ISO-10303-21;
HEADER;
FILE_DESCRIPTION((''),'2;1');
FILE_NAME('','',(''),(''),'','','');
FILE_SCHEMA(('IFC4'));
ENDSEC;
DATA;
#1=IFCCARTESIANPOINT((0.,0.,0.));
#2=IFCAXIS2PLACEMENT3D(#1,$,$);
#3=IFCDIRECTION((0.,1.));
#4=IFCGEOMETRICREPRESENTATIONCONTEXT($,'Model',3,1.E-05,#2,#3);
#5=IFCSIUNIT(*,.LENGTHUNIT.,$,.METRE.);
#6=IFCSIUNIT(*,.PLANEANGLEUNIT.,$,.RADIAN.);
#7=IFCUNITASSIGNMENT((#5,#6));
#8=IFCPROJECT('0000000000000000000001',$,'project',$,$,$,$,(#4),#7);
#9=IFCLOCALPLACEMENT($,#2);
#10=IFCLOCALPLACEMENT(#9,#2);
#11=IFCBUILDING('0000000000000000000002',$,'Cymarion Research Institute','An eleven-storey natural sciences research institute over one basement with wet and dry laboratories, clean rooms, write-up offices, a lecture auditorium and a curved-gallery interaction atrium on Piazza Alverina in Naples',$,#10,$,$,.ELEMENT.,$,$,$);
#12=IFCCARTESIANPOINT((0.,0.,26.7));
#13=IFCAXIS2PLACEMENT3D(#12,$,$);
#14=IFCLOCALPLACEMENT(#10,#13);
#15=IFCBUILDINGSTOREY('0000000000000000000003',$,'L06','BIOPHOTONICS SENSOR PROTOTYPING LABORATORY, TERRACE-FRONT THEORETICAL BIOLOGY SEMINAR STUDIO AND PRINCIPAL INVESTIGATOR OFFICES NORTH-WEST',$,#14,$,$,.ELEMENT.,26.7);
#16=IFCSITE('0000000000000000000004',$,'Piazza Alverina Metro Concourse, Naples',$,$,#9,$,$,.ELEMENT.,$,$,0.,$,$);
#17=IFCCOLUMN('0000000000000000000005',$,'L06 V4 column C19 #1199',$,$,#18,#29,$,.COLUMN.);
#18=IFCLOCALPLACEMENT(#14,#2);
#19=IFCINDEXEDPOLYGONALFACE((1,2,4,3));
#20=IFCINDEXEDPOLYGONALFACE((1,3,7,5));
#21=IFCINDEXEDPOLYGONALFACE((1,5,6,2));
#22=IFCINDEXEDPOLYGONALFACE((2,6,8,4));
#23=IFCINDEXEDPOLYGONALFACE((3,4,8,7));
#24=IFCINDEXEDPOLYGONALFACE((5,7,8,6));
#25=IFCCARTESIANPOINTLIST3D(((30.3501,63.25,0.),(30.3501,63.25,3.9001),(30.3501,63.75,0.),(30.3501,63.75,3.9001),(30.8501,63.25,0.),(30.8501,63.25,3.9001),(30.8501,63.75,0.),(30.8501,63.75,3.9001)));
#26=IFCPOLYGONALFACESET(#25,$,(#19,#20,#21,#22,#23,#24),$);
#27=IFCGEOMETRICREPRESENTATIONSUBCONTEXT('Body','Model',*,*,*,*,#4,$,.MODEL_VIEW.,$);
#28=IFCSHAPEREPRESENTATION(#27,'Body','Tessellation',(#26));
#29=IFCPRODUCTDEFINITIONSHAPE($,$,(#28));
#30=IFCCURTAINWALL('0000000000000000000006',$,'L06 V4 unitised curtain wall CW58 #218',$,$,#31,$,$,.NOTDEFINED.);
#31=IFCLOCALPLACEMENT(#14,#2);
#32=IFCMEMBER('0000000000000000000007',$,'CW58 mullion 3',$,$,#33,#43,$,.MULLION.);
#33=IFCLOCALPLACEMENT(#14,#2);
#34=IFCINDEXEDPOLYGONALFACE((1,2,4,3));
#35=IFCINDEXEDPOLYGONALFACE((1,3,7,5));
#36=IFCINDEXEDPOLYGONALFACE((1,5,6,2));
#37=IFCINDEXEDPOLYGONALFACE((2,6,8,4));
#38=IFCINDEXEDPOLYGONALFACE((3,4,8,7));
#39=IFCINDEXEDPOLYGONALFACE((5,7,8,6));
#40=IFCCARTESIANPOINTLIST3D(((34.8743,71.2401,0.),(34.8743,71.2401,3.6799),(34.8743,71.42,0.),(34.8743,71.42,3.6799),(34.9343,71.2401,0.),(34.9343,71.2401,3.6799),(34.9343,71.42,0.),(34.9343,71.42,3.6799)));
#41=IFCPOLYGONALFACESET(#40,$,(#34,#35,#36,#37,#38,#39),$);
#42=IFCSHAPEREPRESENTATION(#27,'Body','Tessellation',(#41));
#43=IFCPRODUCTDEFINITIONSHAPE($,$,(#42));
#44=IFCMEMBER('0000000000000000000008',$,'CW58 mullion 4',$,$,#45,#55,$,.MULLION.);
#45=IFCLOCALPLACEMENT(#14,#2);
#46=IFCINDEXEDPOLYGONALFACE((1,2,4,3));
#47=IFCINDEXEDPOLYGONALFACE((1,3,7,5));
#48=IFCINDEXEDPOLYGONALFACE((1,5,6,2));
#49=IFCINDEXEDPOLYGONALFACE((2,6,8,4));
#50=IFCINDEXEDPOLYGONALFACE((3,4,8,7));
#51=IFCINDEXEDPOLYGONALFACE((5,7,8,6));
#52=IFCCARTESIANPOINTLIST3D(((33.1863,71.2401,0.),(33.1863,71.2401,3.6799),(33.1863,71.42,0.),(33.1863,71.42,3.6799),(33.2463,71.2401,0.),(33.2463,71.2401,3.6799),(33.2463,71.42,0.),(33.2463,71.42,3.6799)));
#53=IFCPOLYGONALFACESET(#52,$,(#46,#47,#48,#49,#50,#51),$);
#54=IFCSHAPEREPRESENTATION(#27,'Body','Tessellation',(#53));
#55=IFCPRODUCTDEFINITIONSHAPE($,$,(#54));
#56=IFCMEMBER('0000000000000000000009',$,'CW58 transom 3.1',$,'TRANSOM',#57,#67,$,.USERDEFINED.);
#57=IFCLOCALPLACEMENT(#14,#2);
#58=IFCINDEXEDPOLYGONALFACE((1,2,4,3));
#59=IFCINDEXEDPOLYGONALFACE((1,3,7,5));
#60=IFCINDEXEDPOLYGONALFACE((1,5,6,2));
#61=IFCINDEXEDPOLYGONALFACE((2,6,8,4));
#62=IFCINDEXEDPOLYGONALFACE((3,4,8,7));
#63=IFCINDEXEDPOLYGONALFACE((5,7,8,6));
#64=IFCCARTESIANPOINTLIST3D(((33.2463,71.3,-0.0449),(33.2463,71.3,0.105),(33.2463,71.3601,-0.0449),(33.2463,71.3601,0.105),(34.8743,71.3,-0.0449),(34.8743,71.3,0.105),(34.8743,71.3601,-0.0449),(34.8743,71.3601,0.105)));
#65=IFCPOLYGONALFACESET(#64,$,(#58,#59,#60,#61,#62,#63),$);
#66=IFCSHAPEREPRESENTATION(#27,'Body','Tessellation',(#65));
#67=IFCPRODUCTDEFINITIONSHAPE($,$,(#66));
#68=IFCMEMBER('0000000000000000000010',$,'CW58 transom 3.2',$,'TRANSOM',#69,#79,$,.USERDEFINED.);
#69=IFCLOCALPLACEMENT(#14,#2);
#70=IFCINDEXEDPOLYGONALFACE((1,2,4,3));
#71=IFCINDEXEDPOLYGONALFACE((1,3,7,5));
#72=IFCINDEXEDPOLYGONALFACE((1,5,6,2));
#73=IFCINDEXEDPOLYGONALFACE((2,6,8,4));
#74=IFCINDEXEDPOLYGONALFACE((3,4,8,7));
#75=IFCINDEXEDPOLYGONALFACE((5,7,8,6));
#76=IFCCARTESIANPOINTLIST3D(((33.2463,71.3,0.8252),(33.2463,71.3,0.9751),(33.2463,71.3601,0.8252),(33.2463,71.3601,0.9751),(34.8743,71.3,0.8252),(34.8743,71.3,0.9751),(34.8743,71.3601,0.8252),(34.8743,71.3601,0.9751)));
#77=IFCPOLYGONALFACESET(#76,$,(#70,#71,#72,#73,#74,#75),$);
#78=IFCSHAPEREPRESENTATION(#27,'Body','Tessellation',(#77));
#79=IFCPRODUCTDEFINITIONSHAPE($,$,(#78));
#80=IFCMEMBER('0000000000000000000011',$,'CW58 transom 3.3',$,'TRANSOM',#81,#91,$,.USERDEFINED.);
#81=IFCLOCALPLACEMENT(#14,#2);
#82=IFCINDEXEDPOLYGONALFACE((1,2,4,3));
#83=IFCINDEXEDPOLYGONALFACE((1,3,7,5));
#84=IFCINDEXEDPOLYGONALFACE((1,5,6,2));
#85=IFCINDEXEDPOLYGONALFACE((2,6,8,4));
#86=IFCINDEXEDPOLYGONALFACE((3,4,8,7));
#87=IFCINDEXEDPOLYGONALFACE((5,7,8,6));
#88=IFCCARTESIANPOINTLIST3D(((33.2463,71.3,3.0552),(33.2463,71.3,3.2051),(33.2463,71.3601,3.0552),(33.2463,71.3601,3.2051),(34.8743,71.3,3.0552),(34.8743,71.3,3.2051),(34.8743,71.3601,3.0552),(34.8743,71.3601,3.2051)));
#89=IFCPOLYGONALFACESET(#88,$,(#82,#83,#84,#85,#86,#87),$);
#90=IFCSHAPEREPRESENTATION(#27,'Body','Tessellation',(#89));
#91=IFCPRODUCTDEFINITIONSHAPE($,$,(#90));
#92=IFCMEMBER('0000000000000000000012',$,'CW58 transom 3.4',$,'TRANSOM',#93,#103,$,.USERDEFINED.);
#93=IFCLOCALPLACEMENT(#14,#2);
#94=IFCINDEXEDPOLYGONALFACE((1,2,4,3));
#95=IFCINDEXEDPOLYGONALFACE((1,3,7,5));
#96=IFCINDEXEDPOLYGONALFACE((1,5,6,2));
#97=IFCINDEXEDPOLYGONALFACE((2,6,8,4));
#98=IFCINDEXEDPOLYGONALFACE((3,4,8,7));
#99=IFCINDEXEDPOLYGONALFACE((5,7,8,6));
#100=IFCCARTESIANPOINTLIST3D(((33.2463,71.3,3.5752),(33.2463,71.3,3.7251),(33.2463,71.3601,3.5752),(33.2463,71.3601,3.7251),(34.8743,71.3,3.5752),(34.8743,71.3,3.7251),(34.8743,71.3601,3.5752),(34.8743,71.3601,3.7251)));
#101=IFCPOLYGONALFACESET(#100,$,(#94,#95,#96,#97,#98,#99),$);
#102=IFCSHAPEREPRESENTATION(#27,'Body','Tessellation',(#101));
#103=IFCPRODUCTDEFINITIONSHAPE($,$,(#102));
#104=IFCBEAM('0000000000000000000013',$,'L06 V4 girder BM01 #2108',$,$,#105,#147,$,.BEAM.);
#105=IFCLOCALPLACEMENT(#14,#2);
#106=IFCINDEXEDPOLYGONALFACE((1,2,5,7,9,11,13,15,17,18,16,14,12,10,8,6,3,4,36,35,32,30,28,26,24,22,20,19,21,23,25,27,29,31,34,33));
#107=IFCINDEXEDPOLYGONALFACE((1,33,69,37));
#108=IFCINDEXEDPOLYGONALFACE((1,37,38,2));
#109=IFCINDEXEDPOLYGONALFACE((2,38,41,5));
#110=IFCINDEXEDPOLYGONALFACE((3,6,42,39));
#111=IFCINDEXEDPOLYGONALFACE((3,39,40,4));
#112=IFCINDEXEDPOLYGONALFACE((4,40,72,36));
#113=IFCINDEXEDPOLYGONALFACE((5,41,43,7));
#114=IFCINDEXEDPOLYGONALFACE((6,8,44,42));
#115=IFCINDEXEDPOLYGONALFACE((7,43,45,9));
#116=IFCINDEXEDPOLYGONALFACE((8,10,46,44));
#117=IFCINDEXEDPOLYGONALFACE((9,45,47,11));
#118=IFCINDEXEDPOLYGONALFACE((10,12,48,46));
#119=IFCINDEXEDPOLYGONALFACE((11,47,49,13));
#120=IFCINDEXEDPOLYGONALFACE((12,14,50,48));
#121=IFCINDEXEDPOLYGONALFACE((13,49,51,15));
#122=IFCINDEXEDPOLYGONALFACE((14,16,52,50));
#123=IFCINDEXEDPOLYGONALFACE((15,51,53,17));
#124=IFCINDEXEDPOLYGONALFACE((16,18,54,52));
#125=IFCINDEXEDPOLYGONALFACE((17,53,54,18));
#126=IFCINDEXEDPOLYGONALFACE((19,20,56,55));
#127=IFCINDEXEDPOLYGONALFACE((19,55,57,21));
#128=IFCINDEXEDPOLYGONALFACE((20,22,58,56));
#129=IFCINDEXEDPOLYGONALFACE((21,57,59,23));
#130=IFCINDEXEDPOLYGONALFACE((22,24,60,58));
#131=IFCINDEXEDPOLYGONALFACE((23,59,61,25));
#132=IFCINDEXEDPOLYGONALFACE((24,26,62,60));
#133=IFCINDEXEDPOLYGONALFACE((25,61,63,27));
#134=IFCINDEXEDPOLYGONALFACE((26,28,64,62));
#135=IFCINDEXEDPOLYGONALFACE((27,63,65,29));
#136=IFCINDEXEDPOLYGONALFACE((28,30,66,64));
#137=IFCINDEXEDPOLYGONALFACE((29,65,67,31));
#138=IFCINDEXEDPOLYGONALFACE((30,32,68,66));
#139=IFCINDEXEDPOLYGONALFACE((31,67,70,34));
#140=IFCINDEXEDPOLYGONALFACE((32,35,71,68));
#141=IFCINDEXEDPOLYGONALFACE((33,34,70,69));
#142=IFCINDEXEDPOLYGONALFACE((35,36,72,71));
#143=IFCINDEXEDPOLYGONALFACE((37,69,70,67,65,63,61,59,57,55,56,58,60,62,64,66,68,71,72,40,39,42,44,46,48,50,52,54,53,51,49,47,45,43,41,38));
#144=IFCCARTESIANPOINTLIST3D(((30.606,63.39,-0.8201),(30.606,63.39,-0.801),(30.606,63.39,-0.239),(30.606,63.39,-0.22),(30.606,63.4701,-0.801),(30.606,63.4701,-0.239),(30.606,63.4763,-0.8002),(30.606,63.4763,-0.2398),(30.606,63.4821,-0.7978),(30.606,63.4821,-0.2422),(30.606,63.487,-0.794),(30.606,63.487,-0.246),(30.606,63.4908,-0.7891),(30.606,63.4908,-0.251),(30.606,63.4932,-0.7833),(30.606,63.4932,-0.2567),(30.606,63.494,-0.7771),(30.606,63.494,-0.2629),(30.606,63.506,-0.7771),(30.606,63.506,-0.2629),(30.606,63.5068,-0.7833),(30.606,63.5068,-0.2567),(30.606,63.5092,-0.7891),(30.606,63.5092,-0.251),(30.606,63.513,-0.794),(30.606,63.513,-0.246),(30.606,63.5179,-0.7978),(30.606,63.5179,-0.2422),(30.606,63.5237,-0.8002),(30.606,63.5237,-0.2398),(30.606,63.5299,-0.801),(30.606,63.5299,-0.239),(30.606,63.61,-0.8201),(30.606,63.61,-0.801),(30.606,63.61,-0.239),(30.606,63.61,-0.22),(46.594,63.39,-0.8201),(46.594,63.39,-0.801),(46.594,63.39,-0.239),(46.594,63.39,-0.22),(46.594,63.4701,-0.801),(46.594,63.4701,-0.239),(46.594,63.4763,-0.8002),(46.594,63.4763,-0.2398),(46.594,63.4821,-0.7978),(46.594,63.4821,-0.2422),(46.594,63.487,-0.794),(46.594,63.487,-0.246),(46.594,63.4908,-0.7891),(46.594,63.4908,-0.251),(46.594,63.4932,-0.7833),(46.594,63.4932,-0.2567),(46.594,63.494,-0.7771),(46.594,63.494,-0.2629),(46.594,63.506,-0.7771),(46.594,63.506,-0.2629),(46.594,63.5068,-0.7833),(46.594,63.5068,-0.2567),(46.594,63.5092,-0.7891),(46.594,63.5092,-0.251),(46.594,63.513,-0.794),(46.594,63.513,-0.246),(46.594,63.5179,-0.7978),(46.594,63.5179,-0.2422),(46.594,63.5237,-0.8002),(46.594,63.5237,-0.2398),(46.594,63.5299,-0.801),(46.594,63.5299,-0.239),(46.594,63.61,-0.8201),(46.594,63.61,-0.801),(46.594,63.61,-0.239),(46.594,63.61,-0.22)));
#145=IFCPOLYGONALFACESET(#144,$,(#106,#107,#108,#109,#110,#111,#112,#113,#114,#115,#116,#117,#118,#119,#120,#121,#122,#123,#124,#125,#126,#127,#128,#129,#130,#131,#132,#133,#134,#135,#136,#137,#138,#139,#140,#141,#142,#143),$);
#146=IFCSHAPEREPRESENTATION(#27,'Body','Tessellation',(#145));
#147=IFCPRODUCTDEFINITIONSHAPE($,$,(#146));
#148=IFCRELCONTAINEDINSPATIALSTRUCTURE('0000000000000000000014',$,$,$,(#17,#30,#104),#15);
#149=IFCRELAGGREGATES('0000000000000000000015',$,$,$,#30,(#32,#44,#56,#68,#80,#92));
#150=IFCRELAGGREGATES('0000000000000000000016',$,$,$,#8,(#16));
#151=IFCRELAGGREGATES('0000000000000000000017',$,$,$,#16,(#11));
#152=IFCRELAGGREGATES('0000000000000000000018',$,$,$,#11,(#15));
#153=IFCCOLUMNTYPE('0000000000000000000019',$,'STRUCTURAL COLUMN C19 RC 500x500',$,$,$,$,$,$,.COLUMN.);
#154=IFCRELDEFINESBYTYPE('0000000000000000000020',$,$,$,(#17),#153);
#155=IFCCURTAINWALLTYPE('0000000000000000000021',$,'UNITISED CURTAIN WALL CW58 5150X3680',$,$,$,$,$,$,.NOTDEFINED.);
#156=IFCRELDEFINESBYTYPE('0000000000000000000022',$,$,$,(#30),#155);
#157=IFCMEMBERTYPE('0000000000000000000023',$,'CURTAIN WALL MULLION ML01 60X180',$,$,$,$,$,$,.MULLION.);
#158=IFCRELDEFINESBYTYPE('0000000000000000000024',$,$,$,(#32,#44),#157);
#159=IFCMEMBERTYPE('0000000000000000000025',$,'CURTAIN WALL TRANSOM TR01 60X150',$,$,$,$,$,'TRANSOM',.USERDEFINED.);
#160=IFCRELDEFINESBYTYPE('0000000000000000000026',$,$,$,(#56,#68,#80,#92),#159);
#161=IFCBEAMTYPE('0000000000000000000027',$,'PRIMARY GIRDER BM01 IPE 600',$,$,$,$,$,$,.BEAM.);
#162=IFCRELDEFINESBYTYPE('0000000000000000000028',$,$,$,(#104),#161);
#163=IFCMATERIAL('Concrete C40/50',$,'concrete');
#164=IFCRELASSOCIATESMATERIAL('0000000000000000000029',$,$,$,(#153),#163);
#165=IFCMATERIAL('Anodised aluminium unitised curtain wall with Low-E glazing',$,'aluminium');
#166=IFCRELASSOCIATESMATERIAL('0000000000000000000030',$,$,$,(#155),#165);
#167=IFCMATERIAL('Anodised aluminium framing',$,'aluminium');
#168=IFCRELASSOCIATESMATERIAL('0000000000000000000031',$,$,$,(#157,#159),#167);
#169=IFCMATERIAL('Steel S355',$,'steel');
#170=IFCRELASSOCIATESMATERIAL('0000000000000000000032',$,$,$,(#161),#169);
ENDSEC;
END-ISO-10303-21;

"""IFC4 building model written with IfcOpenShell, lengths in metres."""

from ifc_helpers import new_model, si_unit, direction, frame, origin, origin_2d, place, context, subcontext, project, spatial, rectangle, i_section, extrude, material, material_profile, profile_set, type_object, element, aggregate, save


model = new_model("IFC4")

# Units and contexts
model_context = context("Model", 3, precision=1e-05, world=origin(), true_north=direction((0.0, 1.0)))
body_context = subcontext(model_context, "Body", "Model", "MODEL_VIEW")
ifc_project = project(units=[si_unit("LENGTHUNIT", "METRE"), si_unit("PLANEANGLEUNIT", "RADIAN")], contexts=[model_context])

# Site, building, storey
site_placement = place(None, origin())
site = spatial("IfcSite", under=ifc_project, at=site_placement, Name="Piazza Alverina Metro Concourse, Naples", CompositionType="ELEMENT", RefElevation=0.0)
building_placement = place(site_placement, origin())
building = spatial("IfcBuilding", under=site, at=building_placement, Name="Cymarion Research Institute", Description="An eleven-storey natural sciences research institute over one basement with wet and dry laboratories, clean rooms, write-up offices, a lecture auditorium and a curved-gallery interaction atrium on Piazza Alverina in Naples", CompositionType="ELEMENT")
storey_placement = place(building_placement, frame((0.0, 0.0, 26.7)))
storey = spatial("IfcBuildingStorey", under=building, at=storey_placement, Name="L06", Description="BIOPHOTONICS SENSOR PROTOTYPING LABORATORY, TERRACE-FRONT THEORETICAL BIOLOGY SEMINAR STUDIO AND PRINCIPAL INVESTIGATOR OFFICES NORTH-WEST", CompositionType="ELEMENT", Elevation=26.7)

# Column
ifc_material_1 = material(Name="Concrete C40/50", Category="concrete")
ifc_material_profile_1 = material_profile(ifc_material_1, rectangle(XDim=0.5, YDim=0.5, at=origin_2d()), Name="RC 500x500")
ifc_profile_set_1 = profile_set([ifc_material_profile_1], Name="Concrete C40/50")
column_type = type_object("IfcColumnType", Name="STRUCTURAL COLUMN C19 RC 500x500", PredefinedType="COLUMN", material=ifc_profile_set_1)
column_placement = place(storey_placement, frame((30.6001, 63.5, 0.0), z_axis=(0.0, 0.0, 1.0), x_axis=(1.0, 0.0, 0.0)))
element("IfcColumn", 1, at=column_placement, inside=storey, type_object=column_type, Name="L06 V4 column C19 #1199", PredefinedType="COLUMN", context=body_context, shape_type="SweptSolid", body=[
    extrude(rectangle(XDim=0.5, YDim=0.5, at=origin_2d()), origin(), (0.0, 0.0, 1.0), 3.9001),
])

# Curtain wall, members
ifc_material_2 = material(Name="Anodised aluminium unitised curtain wall with Low-E glazing", Category="aluminium")
curtain_wall_type = type_object("IfcCurtainWallType", Name="UNITISED CURTAIN WALL CW58 5150X3680", PredefinedType="NOTDEFINED", material=ifc_material_2)
curtain_wall_placement = place(storey_placement, origin())
curtain_wall = element("IfcCurtainWall", 2, at=curtain_wall_placement, inside=storey, type_object=curtain_wall_type, Name="L06 V4 unitised curtain wall CW58 #218", PredefinedType="NOTDEFINED")
ifc_material_3 = material(Name="Anodised aluminium framing", Category="aluminium")
ifc_material_profile_2 = material_profile(ifc_material_3, rectangle(XDim=0.0601, YDim=0.1799, at=origin_2d()), Name="ALU MULLION 60x180")
ifc_profile_set_2 = profile_set([ifc_material_profile_2], Name="Anodised aluminium framing")
member_type_1 = type_object("IfcMemberType", Name="CURTAIN WALL MULLION ML01 60X180", PredefinedType="MULLION", material=ifc_profile_set_2)
member_1_placement = place(storey_placement, frame((34.9043, 71.3301, 0.0), z_axis=(0.0, 0.0, 1.0), x_axis=(-1.0, 0.0, 0.0)))
member_1 = element("IfcMember", 3, at=member_1_placement, type_object=member_type_1, Name="CW58 mullion 3", PredefinedType="MULLION", context=body_context, shape_type="SweptSolid", body=[
    extrude(rectangle(XDim=0.0601, YDim=0.1799, at=origin_2d()), origin(), (0.0, 0.0, 1.0), 3.6799),
])
member_2_placement = place(storey_placement, frame((33.2163, 71.3301, 0.0), z_axis=(0.0, 0.0, 1.0), x_axis=(-1.0, 0.0, 0.0)))
member_2 = element("IfcMember", 4, at=member_2_placement, type_object=member_type_1, Name="CW58 mullion 4", PredefinedType="MULLION", context=body_context, shape_type="SweptSolid", body=[
    extrude(rectangle(XDim=0.0601, YDim=0.1799, at=origin_2d()), origin(), (0.0, 0.0, 1.0), 3.6799),
])
ifc_material_profile_3 = material_profile(ifc_material_3, rectangle(XDim=0.0601, YDim=0.1499, at=origin_2d()), Name="ALU TRANSOM 60x150")
ifc_profile_set_3 = profile_set([ifc_material_profile_3], Name="Anodised aluminium framing")
member_type_2 = type_object("IfcMemberType", Name="CURTAIN WALL TRANSOM TR01 60X150", ElementType="TRANSOM", PredefinedType="USERDEFINED", material=ifc_profile_set_3)
member_3_placement = place(storey_placement, frame((34.8743, 71.3301, 0.03), z_axis=(-1.0, 0.0, 0.0), x_axis=(0.0, -1.0, 0.0)))
member_3 = element("IfcMember", 5, at=member_3_placement, type_object=member_type_2, Name="CW58 transom 3.1", ObjectType="TRANSOM", PredefinedType="USERDEFINED", context=body_context, shape_type="SweptSolid", body=[
    extrude(rectangle(XDim=0.0601, YDim=0.1499, at=origin_2d()), origin(), (0.0, 0.0, 1.0), 1.6279),
])
member_4_placement = place(storey_placement, frame((34.8743, 71.3301, 0.9001), z_axis=(-1.0, 0.0, 0.0), x_axis=(0.0, -1.0, 0.0)))
member_4 = element("IfcMember", 6, at=member_4_placement, type_object=member_type_2, Name="CW58 transom 3.2", ObjectType="TRANSOM", PredefinedType="USERDEFINED", context=body_context, shape_type="SweptSolid", body=[
    extrude(rectangle(XDim=0.0601, YDim=0.1499, at=origin_2d()), origin(), (0.0, 0.0, 1.0), 1.6279),
])
member_5_placement = place(storey_placement, frame((34.8743, 71.3301, 3.1301), z_axis=(-1.0, 0.0, 0.0), x_axis=(0.0, -1.0, 0.0)))
member_5 = element("IfcMember", 7, at=member_5_placement, type_object=member_type_2, Name="CW58 transom 3.3", ObjectType="TRANSOM", PredefinedType="USERDEFINED", context=body_context, shape_type="SweptSolid", body=[
    extrude(rectangle(XDim=0.0601, YDim=0.1499, at=origin_2d()), origin(), (0.0, 0.0, 1.0), 1.6279),
])
member_6_placement = place(storey_placement, frame((34.8743, 71.3301, 3.6501), z_axis=(-1.0, 0.0, 0.0), x_axis=(0.0, -1.0, 0.0)))
member_6 = element("IfcMember", 8, at=member_6_placement, type_object=member_type_2, Name="CW58 transom 3.4", ObjectType="TRANSOM", PredefinedType="USERDEFINED", context=body_context, shape_type="SweptSolid", body=[
    extrude(rectangle(XDim=0.0601, YDim=0.1499, at=origin_2d()), origin(), (0.0, 0.0, 1.0), 1.6279),
])

# Beam
ifc_material_4 = material(Name="Steel S355", Category="steel")
ifc_material_profile_4 = material_profile(ifc_material_4, i_section(OverallWidth=0.22, OverallDepth=0.6001, WebThickness=0.012, FlangeThickness=0.019, FilletRadius=0.0239, at=origin_2d()), Name="IPE 600")
ifc_profile_set_4 = profile_set([ifc_material_profile_4], Name="Steel S355")
beam_type_1 = type_object("IfcBeamType", Name="PRIMARY GIRDER BM01 IPE 600", PredefinedType="BEAM", material=ifc_profile_set_4)
beam_1_placement = place(storey_placement, frame((30.606, 63.5, -0.52), z_axis=(1.0, 0.0, 0.0), x_axis=(0.0, 1.0, 0.0)))
element("IfcBeam", 9, at=beam_1_placement, inside=storey, type_object=beam_type_1, Name="L06 V4 girder BM01 #2108", PredefinedType="BEAM", context=body_context, shape_type="SweptSolid", body=[
    extrude(i_section(OverallWidth=0.22, OverallDepth=0.6001, WebThickness=0.012, FlangeThickness=0.019, FilletRadius=0.0239, at=origin_2d()), origin(), (0.0, 0.0, 1.0), 15.988),
])

aggregate(curtain_wall, [member_1, member_2, member_3, member_4, member_5, member_6])

save(model, "model.ifc")
